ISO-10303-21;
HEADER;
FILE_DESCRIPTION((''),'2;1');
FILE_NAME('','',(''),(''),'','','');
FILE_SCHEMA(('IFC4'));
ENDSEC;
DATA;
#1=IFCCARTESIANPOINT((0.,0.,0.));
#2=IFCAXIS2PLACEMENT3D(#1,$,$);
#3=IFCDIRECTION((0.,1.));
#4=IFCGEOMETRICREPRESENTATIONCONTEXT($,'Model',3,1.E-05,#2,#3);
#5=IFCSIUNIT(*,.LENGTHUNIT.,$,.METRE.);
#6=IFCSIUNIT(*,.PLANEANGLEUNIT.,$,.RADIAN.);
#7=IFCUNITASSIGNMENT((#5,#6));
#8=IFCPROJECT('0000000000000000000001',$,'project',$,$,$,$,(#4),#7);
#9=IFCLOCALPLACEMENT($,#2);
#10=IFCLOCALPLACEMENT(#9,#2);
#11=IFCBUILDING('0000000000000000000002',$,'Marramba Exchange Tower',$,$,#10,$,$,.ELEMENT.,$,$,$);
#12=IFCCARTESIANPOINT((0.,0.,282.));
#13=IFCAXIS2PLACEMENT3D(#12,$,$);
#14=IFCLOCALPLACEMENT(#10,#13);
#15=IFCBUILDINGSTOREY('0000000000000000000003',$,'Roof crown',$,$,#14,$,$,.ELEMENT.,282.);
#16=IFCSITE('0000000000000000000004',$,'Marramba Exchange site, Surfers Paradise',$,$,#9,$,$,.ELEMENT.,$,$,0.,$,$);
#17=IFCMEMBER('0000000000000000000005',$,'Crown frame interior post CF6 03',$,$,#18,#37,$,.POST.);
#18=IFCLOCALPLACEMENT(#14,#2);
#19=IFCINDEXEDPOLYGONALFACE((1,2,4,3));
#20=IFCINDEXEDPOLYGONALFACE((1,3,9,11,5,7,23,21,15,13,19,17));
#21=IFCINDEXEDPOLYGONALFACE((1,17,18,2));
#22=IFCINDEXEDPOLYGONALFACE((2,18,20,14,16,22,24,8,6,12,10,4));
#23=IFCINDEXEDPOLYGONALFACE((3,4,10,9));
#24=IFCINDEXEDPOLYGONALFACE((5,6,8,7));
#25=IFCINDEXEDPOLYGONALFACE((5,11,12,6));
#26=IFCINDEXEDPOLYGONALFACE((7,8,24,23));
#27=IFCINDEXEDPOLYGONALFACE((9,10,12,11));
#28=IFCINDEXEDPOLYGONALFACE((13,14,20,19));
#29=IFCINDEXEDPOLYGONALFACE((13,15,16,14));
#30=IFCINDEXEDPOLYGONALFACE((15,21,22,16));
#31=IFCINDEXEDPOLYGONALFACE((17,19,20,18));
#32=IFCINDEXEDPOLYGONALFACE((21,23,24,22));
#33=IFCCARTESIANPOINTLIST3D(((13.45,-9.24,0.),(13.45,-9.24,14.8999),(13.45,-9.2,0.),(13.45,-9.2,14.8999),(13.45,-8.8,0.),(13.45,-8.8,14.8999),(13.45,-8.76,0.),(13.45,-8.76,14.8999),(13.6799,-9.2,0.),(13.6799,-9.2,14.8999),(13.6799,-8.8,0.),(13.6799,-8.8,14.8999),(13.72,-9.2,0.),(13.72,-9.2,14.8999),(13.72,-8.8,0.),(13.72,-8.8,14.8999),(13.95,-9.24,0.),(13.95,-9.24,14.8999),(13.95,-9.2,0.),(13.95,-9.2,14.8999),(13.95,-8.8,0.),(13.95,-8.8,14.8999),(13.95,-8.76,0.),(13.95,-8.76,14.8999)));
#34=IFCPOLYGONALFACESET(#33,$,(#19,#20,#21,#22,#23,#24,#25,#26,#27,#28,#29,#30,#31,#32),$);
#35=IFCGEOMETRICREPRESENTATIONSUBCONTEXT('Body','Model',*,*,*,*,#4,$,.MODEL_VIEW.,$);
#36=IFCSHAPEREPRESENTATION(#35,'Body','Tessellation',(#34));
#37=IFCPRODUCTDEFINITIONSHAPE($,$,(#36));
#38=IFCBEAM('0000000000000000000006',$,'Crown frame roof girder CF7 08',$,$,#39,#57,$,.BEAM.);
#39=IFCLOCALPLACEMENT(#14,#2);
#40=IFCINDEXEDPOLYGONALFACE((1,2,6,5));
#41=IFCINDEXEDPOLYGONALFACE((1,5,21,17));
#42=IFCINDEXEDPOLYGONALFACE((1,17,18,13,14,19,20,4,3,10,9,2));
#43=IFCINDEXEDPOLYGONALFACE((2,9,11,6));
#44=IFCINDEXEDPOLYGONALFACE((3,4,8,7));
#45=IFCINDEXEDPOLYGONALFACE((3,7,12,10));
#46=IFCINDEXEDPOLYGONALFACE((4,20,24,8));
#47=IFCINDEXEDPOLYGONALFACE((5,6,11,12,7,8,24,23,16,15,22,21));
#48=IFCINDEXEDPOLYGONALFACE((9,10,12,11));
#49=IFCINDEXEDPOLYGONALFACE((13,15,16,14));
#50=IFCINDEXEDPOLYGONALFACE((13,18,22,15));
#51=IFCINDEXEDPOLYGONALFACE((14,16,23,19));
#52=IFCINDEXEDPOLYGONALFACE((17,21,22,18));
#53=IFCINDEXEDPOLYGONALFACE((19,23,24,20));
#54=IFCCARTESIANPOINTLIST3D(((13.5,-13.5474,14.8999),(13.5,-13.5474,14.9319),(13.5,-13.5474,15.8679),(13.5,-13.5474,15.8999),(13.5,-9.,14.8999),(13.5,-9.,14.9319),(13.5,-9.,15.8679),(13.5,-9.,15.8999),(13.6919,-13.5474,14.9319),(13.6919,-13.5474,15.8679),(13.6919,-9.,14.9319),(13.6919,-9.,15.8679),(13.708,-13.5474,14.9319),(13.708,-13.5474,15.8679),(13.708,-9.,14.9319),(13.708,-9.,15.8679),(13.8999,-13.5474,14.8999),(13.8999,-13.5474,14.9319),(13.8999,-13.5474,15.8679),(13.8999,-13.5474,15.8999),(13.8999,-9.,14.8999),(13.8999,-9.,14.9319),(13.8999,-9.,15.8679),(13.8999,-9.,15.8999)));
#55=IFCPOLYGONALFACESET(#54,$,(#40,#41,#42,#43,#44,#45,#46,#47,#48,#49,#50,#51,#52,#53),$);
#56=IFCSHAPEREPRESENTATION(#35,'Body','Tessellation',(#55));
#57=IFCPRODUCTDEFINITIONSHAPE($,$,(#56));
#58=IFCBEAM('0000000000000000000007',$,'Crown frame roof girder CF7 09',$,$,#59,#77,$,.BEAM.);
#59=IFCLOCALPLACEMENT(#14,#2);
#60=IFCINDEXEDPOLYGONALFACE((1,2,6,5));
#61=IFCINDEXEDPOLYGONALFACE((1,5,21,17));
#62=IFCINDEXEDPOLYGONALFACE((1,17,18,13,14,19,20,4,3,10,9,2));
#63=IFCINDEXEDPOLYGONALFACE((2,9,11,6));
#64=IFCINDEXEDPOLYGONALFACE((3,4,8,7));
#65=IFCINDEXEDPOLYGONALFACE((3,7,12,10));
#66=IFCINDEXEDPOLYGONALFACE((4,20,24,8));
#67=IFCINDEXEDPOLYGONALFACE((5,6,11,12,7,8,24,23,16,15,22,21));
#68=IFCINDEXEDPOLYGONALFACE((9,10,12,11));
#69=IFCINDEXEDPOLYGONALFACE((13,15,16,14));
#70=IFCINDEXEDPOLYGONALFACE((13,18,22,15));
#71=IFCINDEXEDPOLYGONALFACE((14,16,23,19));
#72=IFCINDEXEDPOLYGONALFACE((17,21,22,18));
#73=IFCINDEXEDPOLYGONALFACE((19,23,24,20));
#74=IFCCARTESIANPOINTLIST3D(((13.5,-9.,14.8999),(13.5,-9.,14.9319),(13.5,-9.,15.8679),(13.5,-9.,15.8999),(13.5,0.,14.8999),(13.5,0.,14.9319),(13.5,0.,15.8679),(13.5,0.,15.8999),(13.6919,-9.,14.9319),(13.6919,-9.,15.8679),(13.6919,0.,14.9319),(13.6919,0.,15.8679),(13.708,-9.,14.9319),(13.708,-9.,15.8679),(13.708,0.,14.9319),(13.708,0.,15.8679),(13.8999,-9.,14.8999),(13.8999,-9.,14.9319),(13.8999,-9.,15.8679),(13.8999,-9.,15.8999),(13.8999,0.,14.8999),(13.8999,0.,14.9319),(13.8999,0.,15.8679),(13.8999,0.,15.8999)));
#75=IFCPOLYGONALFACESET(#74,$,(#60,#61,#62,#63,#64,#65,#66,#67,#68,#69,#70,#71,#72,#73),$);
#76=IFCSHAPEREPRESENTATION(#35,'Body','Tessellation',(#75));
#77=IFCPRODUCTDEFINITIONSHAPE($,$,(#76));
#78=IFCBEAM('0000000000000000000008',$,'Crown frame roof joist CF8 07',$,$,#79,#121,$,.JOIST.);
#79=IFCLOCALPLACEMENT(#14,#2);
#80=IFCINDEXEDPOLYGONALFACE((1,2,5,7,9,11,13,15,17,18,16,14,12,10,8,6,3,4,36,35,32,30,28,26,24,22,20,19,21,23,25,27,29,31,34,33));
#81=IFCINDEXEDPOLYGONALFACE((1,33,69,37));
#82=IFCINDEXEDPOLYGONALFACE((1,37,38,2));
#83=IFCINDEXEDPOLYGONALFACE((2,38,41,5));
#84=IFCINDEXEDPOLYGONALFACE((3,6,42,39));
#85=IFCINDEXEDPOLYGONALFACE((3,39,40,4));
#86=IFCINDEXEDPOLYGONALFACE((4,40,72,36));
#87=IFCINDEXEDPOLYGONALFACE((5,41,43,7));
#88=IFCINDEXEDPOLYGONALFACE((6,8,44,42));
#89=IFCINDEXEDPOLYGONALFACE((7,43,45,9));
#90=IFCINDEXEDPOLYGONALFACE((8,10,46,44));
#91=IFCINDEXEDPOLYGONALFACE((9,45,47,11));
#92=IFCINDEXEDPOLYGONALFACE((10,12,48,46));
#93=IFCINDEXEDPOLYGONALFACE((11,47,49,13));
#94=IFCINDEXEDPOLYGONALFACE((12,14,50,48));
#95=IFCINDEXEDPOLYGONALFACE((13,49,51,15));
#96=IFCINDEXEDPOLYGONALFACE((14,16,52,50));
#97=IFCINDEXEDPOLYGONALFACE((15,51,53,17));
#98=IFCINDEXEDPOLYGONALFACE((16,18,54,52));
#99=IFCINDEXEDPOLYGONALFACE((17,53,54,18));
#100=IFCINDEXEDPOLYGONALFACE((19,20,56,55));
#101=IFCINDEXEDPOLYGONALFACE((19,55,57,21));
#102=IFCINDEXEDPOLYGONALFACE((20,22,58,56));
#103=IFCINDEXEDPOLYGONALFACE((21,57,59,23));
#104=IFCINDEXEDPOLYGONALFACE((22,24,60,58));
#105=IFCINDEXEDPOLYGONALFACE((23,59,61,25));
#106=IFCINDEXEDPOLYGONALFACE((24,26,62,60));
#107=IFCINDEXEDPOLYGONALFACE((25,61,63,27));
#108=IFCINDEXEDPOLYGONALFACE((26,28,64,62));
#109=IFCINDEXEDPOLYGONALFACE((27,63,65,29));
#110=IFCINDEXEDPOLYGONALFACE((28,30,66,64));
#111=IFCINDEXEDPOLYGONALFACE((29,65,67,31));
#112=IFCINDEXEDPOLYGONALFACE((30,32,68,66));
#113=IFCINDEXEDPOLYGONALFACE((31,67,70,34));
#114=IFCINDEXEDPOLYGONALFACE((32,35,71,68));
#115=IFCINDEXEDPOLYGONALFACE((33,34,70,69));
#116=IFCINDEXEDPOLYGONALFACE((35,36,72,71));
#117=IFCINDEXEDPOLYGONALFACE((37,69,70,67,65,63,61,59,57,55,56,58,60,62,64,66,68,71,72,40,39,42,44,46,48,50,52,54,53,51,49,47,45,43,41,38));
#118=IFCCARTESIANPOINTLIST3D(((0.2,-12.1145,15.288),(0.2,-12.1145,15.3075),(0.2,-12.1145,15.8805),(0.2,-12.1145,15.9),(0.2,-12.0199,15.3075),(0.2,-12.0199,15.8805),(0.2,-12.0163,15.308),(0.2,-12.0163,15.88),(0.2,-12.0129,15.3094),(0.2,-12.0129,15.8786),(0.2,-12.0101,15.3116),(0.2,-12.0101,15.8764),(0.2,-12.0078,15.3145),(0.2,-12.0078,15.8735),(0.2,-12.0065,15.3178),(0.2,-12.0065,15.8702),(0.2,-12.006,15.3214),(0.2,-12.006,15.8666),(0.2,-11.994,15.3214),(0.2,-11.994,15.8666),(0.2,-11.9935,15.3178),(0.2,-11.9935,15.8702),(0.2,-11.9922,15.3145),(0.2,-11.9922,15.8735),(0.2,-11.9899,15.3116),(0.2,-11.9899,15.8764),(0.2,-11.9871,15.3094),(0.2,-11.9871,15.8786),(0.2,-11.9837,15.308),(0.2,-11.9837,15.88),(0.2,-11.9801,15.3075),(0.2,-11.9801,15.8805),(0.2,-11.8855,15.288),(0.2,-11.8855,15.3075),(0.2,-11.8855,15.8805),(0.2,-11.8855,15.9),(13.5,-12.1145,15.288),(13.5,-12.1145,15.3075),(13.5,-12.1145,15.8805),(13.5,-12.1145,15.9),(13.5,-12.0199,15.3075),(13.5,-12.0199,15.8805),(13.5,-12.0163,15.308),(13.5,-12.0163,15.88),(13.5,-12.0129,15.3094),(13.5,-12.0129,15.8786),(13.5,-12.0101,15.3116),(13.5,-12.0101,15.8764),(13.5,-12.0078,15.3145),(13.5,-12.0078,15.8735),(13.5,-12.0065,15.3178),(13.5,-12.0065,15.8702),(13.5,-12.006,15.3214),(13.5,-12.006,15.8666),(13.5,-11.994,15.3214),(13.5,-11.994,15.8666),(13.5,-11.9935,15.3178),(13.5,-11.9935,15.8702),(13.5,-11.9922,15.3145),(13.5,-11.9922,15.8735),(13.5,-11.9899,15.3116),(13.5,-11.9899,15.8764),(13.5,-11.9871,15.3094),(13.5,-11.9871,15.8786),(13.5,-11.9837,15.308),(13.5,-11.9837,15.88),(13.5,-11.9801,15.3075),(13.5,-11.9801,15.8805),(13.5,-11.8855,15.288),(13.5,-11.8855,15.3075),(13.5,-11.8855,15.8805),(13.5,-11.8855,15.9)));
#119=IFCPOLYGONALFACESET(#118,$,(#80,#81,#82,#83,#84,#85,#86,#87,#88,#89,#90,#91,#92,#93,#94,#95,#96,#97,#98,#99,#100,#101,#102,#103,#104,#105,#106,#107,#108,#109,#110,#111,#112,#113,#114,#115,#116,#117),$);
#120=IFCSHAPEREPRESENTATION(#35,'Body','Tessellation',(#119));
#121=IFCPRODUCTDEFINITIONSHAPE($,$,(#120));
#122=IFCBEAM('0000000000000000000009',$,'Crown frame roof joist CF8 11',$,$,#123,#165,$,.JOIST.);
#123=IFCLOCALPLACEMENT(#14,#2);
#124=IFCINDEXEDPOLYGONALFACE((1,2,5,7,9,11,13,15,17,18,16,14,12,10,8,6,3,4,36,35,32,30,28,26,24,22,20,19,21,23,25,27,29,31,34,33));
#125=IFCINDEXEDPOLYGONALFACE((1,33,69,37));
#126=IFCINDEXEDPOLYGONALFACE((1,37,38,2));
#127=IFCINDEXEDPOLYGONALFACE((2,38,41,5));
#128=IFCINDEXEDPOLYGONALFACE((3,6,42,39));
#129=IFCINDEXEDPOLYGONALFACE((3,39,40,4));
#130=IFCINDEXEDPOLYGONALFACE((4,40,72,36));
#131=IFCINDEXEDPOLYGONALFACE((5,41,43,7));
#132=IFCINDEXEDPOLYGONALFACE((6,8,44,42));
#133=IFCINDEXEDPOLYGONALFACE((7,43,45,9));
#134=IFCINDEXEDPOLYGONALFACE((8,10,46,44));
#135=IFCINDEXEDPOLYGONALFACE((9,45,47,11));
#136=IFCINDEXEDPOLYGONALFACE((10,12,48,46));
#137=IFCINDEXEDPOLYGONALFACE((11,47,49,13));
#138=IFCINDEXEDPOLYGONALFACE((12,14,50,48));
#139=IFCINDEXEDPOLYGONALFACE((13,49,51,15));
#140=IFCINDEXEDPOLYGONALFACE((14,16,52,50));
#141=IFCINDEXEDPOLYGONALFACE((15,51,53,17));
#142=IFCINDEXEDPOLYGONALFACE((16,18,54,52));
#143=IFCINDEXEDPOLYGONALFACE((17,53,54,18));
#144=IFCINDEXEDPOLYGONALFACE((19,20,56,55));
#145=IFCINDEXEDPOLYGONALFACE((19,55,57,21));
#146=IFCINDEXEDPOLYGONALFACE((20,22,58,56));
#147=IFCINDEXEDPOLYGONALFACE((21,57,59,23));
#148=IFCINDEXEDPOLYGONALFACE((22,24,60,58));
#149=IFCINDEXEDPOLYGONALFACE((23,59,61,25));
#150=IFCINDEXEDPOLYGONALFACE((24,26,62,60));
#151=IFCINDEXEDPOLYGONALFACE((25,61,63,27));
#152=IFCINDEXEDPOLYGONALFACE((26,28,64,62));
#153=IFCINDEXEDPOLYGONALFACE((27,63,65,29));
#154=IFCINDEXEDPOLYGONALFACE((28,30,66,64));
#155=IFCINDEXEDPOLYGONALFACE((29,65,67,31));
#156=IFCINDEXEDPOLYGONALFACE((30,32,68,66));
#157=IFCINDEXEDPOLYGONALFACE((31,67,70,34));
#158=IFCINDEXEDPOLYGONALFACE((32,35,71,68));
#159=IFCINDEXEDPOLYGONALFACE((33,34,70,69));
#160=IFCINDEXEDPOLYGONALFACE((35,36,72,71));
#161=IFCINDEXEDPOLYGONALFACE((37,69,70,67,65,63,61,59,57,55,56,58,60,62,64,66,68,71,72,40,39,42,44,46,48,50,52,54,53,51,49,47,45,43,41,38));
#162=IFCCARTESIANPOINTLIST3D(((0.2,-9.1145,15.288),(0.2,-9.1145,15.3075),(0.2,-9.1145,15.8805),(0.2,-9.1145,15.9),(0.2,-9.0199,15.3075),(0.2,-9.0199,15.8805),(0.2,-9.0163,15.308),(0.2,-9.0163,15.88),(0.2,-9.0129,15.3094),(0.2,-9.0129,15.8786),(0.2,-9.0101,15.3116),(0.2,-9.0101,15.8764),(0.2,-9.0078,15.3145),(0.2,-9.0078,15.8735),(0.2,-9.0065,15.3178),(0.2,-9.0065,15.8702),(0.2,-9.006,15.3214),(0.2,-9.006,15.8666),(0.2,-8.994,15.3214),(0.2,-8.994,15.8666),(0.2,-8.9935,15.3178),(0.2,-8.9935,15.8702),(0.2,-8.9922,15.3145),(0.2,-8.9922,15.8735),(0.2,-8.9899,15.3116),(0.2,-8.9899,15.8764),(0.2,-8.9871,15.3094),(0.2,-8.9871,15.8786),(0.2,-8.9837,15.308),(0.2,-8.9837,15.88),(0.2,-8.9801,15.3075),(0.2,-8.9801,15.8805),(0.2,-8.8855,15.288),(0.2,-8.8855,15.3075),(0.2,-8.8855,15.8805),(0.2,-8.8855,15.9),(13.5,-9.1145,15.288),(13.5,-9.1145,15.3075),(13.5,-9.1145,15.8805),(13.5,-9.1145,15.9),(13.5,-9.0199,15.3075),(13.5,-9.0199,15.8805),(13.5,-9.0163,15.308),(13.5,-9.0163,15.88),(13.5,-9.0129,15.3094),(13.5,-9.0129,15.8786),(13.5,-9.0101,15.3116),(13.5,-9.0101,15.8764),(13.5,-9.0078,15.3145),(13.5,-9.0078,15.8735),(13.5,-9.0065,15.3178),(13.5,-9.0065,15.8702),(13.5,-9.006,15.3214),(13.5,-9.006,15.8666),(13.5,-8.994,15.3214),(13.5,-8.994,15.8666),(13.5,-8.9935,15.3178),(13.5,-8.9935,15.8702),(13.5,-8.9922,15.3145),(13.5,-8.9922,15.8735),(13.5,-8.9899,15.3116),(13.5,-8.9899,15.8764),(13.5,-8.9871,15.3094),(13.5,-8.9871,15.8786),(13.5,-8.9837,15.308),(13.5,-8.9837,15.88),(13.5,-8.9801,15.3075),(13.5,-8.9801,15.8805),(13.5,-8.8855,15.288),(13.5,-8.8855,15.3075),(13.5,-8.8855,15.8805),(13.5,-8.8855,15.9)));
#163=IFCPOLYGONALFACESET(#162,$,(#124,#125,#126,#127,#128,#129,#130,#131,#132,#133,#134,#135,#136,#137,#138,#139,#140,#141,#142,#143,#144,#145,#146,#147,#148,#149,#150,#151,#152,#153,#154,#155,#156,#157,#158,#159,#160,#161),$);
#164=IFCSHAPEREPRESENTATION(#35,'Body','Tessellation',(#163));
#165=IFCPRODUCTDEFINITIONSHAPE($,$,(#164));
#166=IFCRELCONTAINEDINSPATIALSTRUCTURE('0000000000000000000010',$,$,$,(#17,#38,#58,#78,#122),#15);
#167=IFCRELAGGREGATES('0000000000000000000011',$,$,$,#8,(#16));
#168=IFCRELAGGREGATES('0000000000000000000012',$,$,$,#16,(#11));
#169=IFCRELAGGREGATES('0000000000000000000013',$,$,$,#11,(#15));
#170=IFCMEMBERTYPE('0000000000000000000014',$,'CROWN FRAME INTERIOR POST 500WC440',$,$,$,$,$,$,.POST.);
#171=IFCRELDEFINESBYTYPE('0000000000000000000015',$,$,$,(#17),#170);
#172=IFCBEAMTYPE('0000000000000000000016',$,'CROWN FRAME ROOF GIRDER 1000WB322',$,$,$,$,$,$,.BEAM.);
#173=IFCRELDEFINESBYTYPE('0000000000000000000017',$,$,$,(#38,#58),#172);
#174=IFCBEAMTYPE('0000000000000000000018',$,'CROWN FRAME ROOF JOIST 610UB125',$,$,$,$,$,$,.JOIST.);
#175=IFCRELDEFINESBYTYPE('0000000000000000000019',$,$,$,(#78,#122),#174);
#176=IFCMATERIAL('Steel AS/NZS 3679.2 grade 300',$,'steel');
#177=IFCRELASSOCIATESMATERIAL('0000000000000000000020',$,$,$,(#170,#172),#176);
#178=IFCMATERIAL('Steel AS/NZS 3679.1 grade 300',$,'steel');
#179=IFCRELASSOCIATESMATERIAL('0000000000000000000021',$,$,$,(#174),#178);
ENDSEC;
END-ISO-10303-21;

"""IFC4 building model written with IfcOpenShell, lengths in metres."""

from ifc_helpers import new_model, si_unit, direction, frame, origin, origin_2d, place, context, subcontext, project, spatial, i_section, extrude, material, material_profile, profile_set, type_object, element, save


model = new_model("IFC4")

# Units and contexts
model_context = context("Model", 3, precision=1e-05, world=origin(), true_north=direction((0.0, 1.0)))
body_context = subcontext(model_context, "Body", "Model", "MODEL_VIEW")
ifc_project = project(units=[si_unit("LENGTHUNIT", "METRE"), si_unit("PLANEANGLEUNIT", "RADIAN")], contexts=[model_context])

# Site, building, storey
site_placement = place(None, origin())
site = spatial("IfcSite", under=ifc_project, at=site_placement, Name="Marramba Exchange site, Surfers Paradise", CompositionType="ELEMENT", RefElevation=0.0)
building_placement = place(site_placement, origin())
building = spatial("IfcBuilding", under=site, at=building_placement, Name="Marramba Exchange Tower", CompositionType="ELEMENT")
storey_placement = place(building_placement, frame((0.0, 0.0, 282.0)))
storey = spatial("IfcBuildingStorey", under=building, at=storey_placement, Name="Roof crown", CompositionType="ELEMENT", Elevation=282.0)

# Member
ifc_material_1 = material(Name="Steel AS/NZS 3679.2 grade 300", Category="steel")
ifc_material_profile_1 = material_profile(ifc_material_1, i_section(OverallWidth=0.5, OverallDepth=0.48, WebThickness=0.04, FlangeThickness=0.04, at=origin_2d()), Name="500WC440")
ifc_profile_set_1 = profile_set([ifc_material_profile_1], Name="Steel AS/NZS 3679.2 grade 300")
member_type = type_object("IfcMemberType", Name="CROWN FRAME INTERIOR POST 500WC440", PredefinedType="POST", material=ifc_profile_set_1)
member_placement = place(storey_placement, frame((13.7, -9.0, 0.0), z_axis=(0.0, 0.0, 1.0), x_axis=(1.0, 0.0, 0.0)))
element("IfcMember", 1, at=member_placement, inside=storey, type_object=member_type, Name="Crown frame interior post CF6 03", PredefinedType="POST", context=body_context, shape_type="SweptSolid", body=[
    extrude(i_section(OverallWidth=0.5, OverallDepth=0.48, WebThickness=0.04, FlangeThickness=0.04, at=origin_2d()), origin(), (0.0, 0.0, 1.0), 14.8999),
])

# Beams
ifc_material_profile_2 = material_profile(ifc_material_1, i_section(OverallWidth=0.3999, OverallDepth=1.0, WebThickness=0.0161, FlangeThickness=0.032, at=origin_2d()), Name="1000WB322")
ifc_profile_set_2 = profile_set([ifc_material_profile_2], Name="Steel AS/NZS 3679.2 grade 300")
beam_type_1 = type_object("IfcBeamType", Name="CROWN FRAME ROOF GIRDER 1000WB322", PredefinedType="BEAM", material=ifc_profile_set_2)
beam_1_placement = place(storey_placement, frame((13.7, -13.5474, 15.3999), z_axis=(0.0, 1.0, 0.0), x_axis=(-1.0, 0.0, 0.0)))
element("IfcBeam", 2, at=beam_1_placement, inside=storey, type_object=beam_type_1, Name="Crown frame roof girder CF7 08", PredefinedType="BEAM", context=body_context, shape_type="SweptSolid", body=[
    extrude(i_section(OverallWidth=0.3999, OverallDepth=1.0, WebThickness=0.0161, FlangeThickness=0.032, at=origin_2d()), origin(), (0.0, 0.0, 1.0), 4.5474),
])
beam_2_placement = place(storey_placement, frame((13.7, -9.0, 15.3999), z_axis=(0.0, 1.0, 0.0), x_axis=(-1.0, 0.0, 0.0)))
element("IfcBeam", 3, at=beam_2_placement, inside=storey, type_object=beam_type_1, Name="Crown frame roof girder CF7 09", PredefinedType="BEAM", context=body_context, shape_type="SweptSolid", body=[
    extrude(i_section(OverallWidth=0.3999, OverallDepth=1.0, WebThickness=0.0161, FlangeThickness=0.032, at=origin_2d()), origin(), (0.0, 0.0, 1.0), 9.0),
])
ifc_material_2 = material(Name="Steel AS/NZS 3679.1 grade 300", Category="steel")
ifc_material_profile_3 = material_profile(ifc_material_2, i_section(OverallWidth=0.229, OverallDepth=0.6121, WebThickness=0.012, FlangeThickness=0.0195, FilletRadius=0.0139, at=origin_2d()), Name="610UB125")
ifc_profile_set_3 = profile_set([ifc_material_profile_3], Name="Steel AS/NZS 3679.1 grade 300")
beam_type_2 = type_object("IfcBeamType", Name="CROWN FRAME ROOF JOIST 610UB125", PredefinedType="JOIST", material=ifc_profile_set_3)
for number, where, z_axis, x_axis, name in (
    (4, (0.2, -12.0, 15.594), (1.0, 0.0, 0.0), (0.0, 1.0, 0.0), "Crown frame roof joist CF8 07"),
    (5, (0.2, -9.0, 15.594), (1.0, 0.0, 0.0), (0.0, 1.0, 0.0), "Crown frame roof joist CF8 11"),
):
    element("IfcBeam", number, at=place(storey_placement, frame(where, z_axis=z_axis, x_axis=x_axis)), inside=storey, type_object=beam_type_2, Name=name, PredefinedType="JOIST", context=body_context, shape_type="SweptSolid", body=[
        extrude(i_section(OverallWidth=0.229, OverallDepth=0.6121, WebThickness=0.012, FlangeThickness=0.0195, FilletRadius=0.0139, at=origin_2d()), origin(), (0.0, 0.0, 1.0), 13.3),
    ])

save(model, "model.ifc")
